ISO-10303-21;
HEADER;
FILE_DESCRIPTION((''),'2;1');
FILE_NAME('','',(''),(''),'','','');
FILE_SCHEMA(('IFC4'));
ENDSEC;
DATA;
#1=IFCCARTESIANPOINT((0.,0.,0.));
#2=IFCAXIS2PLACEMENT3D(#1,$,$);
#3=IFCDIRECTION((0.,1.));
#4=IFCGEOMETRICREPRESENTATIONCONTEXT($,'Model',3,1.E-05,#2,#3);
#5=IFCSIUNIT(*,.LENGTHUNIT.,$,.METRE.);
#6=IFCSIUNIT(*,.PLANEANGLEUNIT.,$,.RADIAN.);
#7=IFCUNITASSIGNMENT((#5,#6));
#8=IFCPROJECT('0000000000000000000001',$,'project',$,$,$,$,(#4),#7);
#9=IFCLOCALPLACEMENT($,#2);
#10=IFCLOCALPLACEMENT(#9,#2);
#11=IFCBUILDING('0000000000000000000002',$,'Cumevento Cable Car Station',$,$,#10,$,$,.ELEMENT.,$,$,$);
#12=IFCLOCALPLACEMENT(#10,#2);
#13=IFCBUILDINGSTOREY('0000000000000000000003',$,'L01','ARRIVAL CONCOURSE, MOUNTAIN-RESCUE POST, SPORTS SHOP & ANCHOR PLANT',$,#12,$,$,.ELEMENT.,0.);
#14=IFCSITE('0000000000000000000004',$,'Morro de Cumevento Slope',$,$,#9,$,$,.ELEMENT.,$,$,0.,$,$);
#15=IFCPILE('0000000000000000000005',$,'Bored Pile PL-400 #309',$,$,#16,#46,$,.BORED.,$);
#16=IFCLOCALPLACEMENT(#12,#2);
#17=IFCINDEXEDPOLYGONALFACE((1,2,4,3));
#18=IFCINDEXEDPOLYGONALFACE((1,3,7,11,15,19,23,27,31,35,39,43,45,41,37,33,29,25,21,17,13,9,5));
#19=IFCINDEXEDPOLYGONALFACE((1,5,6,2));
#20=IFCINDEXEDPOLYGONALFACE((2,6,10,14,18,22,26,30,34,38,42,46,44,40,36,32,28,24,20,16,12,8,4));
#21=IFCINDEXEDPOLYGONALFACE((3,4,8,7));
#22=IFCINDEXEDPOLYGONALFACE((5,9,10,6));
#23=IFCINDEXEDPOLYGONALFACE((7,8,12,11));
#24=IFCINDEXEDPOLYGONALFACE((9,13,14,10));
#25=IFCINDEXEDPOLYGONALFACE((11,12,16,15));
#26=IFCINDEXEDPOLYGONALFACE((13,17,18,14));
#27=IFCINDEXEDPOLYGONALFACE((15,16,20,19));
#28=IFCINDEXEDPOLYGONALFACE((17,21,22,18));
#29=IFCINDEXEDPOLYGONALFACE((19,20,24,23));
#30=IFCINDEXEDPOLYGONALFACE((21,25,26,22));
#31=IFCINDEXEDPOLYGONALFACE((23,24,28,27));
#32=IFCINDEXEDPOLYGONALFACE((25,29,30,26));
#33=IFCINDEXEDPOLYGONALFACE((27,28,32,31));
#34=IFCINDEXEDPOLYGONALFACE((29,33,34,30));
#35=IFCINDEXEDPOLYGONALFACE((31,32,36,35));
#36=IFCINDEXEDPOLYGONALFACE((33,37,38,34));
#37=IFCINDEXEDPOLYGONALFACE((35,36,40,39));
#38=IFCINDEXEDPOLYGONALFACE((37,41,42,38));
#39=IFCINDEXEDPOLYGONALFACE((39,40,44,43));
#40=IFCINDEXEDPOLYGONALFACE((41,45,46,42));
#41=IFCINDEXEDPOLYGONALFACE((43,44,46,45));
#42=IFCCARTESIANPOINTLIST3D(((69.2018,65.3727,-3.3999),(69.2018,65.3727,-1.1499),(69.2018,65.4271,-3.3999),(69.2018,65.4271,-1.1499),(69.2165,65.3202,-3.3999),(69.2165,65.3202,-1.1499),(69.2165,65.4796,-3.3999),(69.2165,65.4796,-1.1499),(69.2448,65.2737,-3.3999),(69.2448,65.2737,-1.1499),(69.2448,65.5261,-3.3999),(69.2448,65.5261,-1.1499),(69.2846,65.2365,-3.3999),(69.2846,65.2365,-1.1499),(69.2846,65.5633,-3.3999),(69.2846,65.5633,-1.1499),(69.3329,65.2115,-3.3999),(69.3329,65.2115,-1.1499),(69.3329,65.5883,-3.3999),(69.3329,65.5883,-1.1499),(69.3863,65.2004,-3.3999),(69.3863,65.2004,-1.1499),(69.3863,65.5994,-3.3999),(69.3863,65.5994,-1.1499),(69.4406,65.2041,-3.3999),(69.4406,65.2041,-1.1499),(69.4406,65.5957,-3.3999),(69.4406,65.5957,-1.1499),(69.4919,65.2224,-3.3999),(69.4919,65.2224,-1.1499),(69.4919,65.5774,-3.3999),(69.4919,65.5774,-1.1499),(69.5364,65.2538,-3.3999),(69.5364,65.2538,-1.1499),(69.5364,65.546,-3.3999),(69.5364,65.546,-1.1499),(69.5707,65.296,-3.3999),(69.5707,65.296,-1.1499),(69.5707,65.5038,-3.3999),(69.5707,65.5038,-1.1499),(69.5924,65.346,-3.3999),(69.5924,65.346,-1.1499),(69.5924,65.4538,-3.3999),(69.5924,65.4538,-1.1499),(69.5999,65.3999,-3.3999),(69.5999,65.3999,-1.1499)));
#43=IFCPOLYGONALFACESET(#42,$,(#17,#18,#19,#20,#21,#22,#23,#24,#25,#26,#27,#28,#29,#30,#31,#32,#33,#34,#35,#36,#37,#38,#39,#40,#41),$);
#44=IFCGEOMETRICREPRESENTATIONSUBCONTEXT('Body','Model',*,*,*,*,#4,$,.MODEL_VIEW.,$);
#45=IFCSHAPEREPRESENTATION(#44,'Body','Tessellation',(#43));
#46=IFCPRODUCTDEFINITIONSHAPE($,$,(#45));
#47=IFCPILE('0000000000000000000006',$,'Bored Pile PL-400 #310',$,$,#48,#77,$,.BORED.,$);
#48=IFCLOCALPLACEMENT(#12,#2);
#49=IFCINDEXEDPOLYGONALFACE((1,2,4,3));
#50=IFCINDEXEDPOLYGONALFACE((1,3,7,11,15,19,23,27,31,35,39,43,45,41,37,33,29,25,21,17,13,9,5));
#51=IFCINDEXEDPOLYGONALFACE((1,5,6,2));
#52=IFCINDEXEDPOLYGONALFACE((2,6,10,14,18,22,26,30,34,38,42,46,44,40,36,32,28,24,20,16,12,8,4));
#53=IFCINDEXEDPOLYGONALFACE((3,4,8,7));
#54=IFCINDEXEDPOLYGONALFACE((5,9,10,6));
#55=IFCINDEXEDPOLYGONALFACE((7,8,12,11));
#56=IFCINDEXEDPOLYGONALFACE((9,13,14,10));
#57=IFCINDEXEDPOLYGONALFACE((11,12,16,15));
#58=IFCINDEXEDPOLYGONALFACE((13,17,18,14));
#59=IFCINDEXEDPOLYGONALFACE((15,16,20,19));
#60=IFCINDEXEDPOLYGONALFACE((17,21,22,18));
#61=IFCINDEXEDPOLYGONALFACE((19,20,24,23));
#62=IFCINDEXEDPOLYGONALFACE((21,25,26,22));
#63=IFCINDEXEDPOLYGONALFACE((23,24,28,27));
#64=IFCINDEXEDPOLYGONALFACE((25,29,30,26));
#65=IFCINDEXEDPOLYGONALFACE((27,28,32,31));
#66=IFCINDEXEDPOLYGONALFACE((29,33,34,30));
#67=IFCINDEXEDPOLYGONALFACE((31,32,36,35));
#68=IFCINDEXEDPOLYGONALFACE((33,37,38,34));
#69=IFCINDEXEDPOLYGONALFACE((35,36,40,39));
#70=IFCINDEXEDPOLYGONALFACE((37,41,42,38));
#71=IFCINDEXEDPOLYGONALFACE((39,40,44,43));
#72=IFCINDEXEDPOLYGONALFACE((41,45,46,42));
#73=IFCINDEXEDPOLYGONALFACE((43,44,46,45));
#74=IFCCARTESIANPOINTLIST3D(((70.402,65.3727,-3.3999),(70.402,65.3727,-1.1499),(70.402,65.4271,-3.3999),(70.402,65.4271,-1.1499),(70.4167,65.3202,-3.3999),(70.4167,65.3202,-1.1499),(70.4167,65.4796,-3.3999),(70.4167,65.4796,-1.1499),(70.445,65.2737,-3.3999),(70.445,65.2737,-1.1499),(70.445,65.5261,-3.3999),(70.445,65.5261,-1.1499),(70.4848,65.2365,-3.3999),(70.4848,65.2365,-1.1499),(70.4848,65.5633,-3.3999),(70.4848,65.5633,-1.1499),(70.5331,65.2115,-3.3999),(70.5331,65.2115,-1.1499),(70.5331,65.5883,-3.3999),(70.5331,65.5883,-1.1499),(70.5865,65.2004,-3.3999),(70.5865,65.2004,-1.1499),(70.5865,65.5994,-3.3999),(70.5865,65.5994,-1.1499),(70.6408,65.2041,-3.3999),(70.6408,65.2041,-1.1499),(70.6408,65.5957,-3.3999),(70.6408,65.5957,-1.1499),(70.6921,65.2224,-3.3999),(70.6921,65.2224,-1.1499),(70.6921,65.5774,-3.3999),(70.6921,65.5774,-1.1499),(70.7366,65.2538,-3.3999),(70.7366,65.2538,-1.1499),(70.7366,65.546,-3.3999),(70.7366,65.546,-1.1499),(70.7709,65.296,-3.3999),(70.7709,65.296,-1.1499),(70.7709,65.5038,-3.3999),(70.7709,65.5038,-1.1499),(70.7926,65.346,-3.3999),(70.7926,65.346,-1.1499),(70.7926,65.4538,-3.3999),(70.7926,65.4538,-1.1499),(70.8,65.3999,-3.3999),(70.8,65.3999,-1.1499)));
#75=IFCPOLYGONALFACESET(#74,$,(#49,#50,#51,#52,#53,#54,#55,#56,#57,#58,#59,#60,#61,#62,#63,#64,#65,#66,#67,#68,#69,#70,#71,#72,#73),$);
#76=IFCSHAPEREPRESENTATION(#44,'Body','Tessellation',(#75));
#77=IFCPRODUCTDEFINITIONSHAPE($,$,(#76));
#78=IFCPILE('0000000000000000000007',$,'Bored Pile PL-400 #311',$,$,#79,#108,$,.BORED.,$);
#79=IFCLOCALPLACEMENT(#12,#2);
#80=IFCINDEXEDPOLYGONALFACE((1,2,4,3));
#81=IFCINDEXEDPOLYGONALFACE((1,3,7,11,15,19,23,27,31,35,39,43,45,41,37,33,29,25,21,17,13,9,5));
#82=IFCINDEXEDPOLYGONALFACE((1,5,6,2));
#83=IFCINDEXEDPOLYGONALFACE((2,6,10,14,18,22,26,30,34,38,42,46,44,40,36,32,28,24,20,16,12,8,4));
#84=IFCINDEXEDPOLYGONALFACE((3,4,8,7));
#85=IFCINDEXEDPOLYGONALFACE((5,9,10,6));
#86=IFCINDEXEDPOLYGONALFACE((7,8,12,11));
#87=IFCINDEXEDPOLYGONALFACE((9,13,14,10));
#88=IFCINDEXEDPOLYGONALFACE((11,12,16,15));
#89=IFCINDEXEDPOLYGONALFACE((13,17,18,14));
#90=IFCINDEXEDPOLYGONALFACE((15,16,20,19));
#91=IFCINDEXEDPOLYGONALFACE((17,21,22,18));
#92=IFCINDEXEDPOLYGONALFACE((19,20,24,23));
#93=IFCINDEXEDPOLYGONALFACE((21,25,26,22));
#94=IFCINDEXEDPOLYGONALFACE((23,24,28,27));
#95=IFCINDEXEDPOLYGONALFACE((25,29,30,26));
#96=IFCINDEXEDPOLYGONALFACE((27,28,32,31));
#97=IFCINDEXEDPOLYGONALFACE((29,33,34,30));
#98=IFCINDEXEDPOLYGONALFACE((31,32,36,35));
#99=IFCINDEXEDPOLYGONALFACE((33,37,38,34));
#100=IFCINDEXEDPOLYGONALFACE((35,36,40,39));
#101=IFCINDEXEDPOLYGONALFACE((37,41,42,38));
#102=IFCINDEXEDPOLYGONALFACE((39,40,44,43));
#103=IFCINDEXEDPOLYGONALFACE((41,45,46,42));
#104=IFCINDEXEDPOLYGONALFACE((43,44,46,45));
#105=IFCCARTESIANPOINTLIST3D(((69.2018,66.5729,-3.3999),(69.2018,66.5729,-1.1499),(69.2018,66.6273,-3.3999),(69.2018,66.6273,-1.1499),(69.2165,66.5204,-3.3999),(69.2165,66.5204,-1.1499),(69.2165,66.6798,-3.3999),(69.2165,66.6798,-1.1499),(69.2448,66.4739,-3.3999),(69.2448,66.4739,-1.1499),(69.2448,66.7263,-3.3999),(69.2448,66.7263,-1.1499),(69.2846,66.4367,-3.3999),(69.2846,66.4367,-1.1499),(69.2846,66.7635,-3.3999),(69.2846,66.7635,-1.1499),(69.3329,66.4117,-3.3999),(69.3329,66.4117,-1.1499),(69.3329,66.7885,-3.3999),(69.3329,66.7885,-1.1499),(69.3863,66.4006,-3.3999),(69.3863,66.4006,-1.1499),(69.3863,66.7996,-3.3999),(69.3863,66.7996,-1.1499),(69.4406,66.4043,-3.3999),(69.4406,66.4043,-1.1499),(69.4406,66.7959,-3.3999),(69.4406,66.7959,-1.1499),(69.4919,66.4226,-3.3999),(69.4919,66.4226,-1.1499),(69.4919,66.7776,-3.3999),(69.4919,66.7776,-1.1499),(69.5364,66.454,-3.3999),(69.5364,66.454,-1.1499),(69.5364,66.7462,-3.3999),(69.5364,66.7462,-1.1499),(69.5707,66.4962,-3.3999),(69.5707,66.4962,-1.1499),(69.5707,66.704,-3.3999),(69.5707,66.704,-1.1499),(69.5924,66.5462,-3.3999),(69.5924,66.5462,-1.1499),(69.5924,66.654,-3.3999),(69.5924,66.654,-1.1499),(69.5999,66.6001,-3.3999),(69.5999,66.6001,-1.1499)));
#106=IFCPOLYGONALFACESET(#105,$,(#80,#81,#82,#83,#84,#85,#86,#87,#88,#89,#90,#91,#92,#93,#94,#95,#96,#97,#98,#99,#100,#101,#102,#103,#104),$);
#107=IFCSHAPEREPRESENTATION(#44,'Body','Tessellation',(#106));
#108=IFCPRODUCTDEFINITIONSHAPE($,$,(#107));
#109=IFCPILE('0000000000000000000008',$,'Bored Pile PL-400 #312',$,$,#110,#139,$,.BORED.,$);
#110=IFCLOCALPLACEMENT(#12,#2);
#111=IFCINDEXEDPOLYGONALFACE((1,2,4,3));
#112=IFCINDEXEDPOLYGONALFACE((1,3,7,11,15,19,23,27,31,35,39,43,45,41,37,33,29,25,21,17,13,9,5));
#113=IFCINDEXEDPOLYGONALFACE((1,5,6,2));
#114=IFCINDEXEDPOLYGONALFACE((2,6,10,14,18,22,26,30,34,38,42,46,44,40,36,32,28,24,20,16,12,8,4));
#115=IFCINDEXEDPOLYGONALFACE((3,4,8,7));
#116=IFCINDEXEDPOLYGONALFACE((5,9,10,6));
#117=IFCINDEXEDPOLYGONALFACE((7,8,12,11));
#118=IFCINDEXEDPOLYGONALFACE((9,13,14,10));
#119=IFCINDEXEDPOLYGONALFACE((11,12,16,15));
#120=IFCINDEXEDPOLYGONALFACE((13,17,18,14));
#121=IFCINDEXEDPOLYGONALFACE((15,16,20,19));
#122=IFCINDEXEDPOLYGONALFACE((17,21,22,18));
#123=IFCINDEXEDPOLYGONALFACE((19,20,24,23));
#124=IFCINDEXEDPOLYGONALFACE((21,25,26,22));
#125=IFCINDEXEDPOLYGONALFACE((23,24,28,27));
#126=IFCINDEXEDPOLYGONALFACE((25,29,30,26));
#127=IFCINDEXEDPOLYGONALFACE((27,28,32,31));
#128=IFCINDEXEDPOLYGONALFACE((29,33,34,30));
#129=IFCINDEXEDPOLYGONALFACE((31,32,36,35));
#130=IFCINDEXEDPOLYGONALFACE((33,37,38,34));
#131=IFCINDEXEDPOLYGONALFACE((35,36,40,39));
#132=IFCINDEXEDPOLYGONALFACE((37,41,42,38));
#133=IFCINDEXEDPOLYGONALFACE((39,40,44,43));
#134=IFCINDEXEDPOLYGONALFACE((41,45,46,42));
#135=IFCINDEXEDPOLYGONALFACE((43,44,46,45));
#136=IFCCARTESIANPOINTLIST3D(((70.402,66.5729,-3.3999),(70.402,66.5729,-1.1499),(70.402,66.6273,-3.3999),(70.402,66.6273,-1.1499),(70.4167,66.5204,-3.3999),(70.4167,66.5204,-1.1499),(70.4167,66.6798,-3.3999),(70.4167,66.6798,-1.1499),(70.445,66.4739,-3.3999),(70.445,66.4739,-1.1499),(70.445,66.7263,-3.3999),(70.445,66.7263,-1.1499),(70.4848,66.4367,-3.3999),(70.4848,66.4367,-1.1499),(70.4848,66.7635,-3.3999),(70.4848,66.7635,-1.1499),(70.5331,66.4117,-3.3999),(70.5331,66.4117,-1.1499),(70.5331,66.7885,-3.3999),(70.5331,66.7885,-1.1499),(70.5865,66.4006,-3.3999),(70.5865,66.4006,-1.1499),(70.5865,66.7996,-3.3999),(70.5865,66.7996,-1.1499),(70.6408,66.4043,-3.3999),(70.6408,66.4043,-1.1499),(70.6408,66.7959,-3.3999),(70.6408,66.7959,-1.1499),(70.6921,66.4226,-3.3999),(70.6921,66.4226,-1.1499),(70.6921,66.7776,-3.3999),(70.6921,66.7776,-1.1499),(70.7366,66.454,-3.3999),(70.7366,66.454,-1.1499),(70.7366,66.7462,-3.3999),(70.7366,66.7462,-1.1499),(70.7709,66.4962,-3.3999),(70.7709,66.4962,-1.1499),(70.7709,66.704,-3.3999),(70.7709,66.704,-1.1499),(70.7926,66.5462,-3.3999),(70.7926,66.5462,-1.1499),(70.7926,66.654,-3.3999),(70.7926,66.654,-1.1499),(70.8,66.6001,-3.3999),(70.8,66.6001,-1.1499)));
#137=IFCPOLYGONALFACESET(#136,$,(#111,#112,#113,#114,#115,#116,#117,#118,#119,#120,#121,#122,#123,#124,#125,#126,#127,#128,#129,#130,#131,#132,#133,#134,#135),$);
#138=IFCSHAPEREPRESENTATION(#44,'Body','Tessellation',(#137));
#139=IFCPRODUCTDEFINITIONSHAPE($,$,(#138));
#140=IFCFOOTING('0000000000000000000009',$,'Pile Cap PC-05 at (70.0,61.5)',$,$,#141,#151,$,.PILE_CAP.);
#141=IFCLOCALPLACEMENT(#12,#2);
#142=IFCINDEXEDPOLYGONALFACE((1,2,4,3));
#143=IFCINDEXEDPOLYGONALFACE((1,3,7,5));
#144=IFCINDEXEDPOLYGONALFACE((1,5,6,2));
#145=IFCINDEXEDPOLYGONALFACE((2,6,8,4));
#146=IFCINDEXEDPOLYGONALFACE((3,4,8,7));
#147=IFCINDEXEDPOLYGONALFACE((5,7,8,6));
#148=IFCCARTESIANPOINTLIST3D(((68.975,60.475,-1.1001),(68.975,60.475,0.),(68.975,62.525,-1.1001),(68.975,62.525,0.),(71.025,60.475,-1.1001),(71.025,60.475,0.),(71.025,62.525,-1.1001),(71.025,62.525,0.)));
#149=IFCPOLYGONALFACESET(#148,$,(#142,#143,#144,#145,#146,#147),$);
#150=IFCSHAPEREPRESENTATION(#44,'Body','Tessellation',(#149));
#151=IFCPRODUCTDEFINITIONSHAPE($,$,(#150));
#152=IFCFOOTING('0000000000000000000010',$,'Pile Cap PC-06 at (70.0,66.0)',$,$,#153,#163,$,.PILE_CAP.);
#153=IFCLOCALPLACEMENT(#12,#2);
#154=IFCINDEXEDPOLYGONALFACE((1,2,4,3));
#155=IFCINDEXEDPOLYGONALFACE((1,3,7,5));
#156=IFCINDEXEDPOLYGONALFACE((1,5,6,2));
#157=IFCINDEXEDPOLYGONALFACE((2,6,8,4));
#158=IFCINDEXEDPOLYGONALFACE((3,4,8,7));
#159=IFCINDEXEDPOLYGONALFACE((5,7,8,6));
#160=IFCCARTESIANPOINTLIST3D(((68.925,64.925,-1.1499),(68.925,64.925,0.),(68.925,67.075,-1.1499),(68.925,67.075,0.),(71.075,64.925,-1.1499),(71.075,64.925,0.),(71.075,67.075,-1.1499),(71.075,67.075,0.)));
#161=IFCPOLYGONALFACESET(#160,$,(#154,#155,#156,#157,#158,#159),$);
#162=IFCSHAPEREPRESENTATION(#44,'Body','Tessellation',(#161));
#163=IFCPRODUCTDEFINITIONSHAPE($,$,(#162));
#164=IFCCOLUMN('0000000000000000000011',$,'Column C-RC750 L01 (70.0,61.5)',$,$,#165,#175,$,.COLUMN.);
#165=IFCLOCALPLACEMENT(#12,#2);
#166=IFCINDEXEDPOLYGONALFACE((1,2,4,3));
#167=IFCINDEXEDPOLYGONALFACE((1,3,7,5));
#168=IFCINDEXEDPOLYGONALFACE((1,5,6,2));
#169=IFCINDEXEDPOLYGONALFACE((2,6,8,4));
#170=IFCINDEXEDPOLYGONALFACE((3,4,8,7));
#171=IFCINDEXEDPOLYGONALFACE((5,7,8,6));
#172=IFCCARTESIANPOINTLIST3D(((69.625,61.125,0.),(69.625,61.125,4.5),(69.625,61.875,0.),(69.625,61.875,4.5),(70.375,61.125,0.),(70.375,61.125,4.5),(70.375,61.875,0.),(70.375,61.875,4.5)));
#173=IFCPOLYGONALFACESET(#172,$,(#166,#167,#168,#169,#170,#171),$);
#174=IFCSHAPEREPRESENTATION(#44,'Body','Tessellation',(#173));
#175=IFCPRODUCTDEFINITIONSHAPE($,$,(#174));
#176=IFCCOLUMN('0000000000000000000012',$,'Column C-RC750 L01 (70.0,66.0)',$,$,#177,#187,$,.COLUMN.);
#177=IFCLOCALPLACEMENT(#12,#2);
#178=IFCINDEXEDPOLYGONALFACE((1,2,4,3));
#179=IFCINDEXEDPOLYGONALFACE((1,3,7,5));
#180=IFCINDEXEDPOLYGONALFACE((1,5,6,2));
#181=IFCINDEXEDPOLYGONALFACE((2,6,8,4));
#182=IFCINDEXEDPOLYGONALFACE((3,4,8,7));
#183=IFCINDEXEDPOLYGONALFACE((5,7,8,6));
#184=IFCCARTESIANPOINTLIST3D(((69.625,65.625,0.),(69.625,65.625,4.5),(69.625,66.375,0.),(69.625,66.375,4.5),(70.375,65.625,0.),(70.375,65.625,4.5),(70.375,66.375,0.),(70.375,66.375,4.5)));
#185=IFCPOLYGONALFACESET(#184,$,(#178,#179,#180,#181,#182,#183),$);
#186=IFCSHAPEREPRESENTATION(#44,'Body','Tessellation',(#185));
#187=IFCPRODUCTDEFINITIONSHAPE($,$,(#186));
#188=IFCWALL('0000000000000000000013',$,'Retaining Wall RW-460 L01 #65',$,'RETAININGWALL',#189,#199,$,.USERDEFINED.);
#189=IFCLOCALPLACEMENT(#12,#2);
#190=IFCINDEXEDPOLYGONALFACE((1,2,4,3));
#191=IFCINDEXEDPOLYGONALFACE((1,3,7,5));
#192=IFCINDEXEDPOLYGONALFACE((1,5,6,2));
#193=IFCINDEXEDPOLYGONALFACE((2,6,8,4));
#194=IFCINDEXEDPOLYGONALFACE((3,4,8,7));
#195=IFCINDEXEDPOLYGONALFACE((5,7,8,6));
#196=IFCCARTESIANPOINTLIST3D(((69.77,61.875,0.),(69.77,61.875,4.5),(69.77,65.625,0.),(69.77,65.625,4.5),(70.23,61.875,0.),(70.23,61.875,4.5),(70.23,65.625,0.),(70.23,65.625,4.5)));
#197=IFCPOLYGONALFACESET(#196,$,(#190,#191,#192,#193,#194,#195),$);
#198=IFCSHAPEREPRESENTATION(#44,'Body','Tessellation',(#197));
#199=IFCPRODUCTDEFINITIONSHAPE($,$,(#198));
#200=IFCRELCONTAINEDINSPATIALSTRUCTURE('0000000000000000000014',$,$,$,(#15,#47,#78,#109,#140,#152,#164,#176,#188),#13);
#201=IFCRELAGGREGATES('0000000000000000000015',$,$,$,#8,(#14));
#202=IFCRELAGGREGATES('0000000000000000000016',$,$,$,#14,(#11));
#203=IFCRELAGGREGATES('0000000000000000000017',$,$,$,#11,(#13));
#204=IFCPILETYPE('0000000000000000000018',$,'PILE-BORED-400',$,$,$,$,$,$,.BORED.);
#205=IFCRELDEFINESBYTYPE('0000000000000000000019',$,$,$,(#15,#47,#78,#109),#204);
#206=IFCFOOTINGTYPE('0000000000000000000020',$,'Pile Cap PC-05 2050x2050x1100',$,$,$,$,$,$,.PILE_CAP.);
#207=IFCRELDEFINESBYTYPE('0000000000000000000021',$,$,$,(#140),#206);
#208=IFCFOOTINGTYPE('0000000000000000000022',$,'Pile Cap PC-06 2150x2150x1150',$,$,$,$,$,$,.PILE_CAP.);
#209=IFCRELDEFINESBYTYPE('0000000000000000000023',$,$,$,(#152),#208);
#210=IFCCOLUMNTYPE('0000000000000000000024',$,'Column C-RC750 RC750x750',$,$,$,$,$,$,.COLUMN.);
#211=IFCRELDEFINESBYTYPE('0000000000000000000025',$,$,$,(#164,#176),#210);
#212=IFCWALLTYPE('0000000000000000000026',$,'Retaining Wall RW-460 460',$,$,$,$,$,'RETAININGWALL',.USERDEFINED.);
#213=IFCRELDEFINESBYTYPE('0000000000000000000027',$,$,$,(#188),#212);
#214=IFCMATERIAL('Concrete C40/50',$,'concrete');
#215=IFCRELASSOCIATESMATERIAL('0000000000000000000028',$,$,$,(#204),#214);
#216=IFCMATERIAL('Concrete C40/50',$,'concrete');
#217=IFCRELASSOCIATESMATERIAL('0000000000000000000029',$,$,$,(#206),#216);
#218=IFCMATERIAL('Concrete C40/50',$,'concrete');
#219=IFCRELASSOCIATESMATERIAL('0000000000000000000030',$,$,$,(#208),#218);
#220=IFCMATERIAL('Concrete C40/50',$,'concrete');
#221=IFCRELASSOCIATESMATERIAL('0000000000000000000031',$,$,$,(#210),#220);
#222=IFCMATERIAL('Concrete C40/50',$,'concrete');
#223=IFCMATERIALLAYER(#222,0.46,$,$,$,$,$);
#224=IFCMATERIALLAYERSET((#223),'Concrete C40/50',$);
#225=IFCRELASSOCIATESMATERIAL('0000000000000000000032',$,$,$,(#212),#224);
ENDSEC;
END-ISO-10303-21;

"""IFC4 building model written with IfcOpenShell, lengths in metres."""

from ifc_helpers import new_model, si_unit, direction, frame, frame_2d, origin, origin_2d, place, context, subcontext, project, spatial, rectangle, circle, extrude, material, layer, layer_set, material_profile, profile_set, type_object, element, save


model = new_model("IFC4")

# Units and contexts
model_context = context("Model", 3, precision=1e-05, world=origin(), true_north=direction((0.0, 1.0)))
body_context = subcontext(model_context, "Body", "Model", "MODEL_VIEW")
ifc_project = project(units=[si_unit("LENGTHUNIT", "METRE"), si_unit("PLANEANGLEUNIT", "RADIAN")], contexts=[model_context])

# Site, building, storey
site_placement = place(None, origin())
site = spatial("IfcSite", under=ifc_project, at=site_placement, Name="Morro de Cumevento Slope", CompositionType="ELEMENT", RefElevation=0.0)
building_placement = place(site_placement, origin())
building = spatial("IfcBuilding", under=site, at=building_placement, Name="Cumevento Cable Car Station", CompositionType="ELEMENT")
storey_placement = place(building_placement, origin())
storey = spatial("IfcBuildingStorey", under=building, at=storey_placement, Name="L01", Description="ARRIVAL CONCOURSE, MOUNTAIN-RESCUE POST, SPORTS SHOP & ANCHOR PLANT", CompositionType="ELEMENT", Elevation=0.0)

# Piles
ifc_material_1 = material(Name="Concrete C40/50", Category="concrete")
ifc_material_profile_1 = material_profile(ifc_material_1, circle(Radius=0.2, at=origin_2d()), Name="PILE-D400")
ifc_profile_set_1 = profile_set([ifc_material_profile_1], Name="Concrete C40/50")
pile_type = type_object("IfcPileType", Name="PILE-BORED-400", PredefinedType="BORED", material=ifc_profile_set_1)
for number, where, z_axis, x_axis, name in (
    (1, (69.3999, 65.3999, -1.1499), (0.0, 0.0, -1.0), (1.0, 0.0, 0.0), "Bored Pile PL-400 #309"),
    (2, (70.6001, 65.3999, -1.1499), (0.0, 0.0, -1.0), (1.0, 0.0, 0.0), "Bored Pile PL-400 #310"),
    (3, (69.3999, 66.6001, -1.1499), (0.0, 0.0, -1.0), (1.0, 0.0, 0.0), "Bored Pile PL-400 #311"),
    (4, (70.6001, 66.6001, -1.1499), (0.0, 0.0, -1.0), (1.0, 0.0, 0.0), "Bored Pile PL-400 #312"),
):
    element("IfcPile", number, at=place(storey_placement, frame(where, z_axis=z_axis, x_axis=x_axis)), inside=storey, type_object=pile_type, Name=name, PredefinedType="BORED", context=body_context, shape_type="SweptSolid", body=[
        extrude(circle(Radius=0.2, at=origin_2d()), origin(), (0.0, 0.0, 1.0), 2.25),
    ])

# Footings
ifc_material_2 = material(Name="Concrete C40/50", Category="concrete")
footing_type_1 = type_object("IfcFootingType", Name="Pile Cap PC-05 2050x2050x1100", PredefinedType="PILE_CAP", material=ifc_material_2)
footing_1_placement = place(storey_placement, frame((70.0, 61.5, -1.1001), z_axis=(0.0, 0.0, 1.0), x_axis=(1.0, 0.0, 0.0)))
element("IfcFooting", 5, at=footing_1_placement, inside=storey, type_object=footing_type_1, Name="Pile Cap PC-05 at (70.0,61.5)", PredefinedType="PILE_CAP", context=body_context, shape_type="SweptSolid", body=[
    extrude(rectangle(XDim=2.05, YDim=2.05, at=origin_2d()), origin(), (0.0, 0.0, 1.0), 1.1001),
])
ifc_material_3 = material(Name="Concrete C40/50", Category="concrete")
footing_type_2 = type_object("IfcFootingType", Name="Pile Cap PC-06 2150x2150x1150", PredefinedType="PILE_CAP", material=ifc_material_3)
footing_2_placement = place(storey_placement, frame((70.0, 66.0, -1.1499), z_axis=(0.0, 0.0, 1.0), x_axis=(1.0, 0.0, 0.0)))
element("IfcFooting", 6, at=footing_2_placement, inside=storey, type_object=footing_type_2, Name="Pile Cap PC-06 at (70.0,66.0)", PredefinedType="PILE_CAP", context=body_context, shape_type="SweptSolid", body=[
    extrude(rectangle(XDim=2.1499, YDim=2.1499, at=origin_2d()), origin(), (0.0, 0.0, 1.0), 1.1499),
])

# Columns
ifc_material_4 = material(Name="Concrete C40/50", Category="concrete")
ifc_material_profile_2 = material_profile(ifc_material_4, rectangle(XDim=0.75, YDim=0.75, at=origin_2d()), Name="RC750x750")
ifc_profile_set_2 = profile_set([ifc_material_profile_2], Name="Concrete C40/50")
column_type = type_object("IfcColumnType", Name="Column C-RC750 RC750x750", PredefinedType="COLUMN", material=ifc_profile_set_2)
for number, where, z_axis, x_axis, name in (
    (7, (70.0, 61.5, 0.0), (0.0, 0.0, 1.0), (1.0, 0.0, 0.0), "Column C-RC750 L01 (70.0,61.5)"),
    (8, (70.0, 66.0, 0.0), (0.0, 0.0, 1.0), (1.0, 0.0, 0.0), "Column C-RC750 L01 (70.0,66.0)"),
):
    element("IfcColumn", number, at=place(storey_placement, frame(where, z_axis=z_axis, x_axis=x_axis)), inside=storey, type_object=column_type, Name=name, PredefinedType="COLUMN", context=body_context, shape_type="SweptSolid", body=[
        extrude(rectangle(XDim=0.75, YDim=0.75, at=origin_2d()), origin(), (0.0, 0.0, 1.0), 4.5),
    ])

# Wall
ifc_material_5 = material(Name="Concrete C40/50", Category="concrete")
ifc_layer = layer(ifc_material_5, 0.46)
ifc_layer_set = layer_set([ifc_layer], Name="Concrete C40/50")
wall_type = type_object("IfcWallType", Name="Retaining Wall RW-460 460", ElementType="RETAININGWALL", PredefinedType="USERDEFINED", material=ifc_layer_set)
wall_placement = place(storey_placement, frame((70.0, 61.875, 0.0), z_axis=(0.0, 0.0, 1.0), x_axis=(0.0, 1.0, 0.0)))
element("IfcWall", 9, at=wall_placement, inside=storey, type_object=wall_type, Name="Retaining Wall RW-460 L01 #65", ObjectType="RETAININGWALL", PredefinedType="USERDEFINED", context=body_context, shape_type="SweptSolid", body=[
    extrude(rectangle(XDim=3.75, YDim=0.46, at=frame_2d((1.875, 0.0))), origin(), (0.0, 0.0, 1.0), 4.5),
])

save(model, "model.ifc")
